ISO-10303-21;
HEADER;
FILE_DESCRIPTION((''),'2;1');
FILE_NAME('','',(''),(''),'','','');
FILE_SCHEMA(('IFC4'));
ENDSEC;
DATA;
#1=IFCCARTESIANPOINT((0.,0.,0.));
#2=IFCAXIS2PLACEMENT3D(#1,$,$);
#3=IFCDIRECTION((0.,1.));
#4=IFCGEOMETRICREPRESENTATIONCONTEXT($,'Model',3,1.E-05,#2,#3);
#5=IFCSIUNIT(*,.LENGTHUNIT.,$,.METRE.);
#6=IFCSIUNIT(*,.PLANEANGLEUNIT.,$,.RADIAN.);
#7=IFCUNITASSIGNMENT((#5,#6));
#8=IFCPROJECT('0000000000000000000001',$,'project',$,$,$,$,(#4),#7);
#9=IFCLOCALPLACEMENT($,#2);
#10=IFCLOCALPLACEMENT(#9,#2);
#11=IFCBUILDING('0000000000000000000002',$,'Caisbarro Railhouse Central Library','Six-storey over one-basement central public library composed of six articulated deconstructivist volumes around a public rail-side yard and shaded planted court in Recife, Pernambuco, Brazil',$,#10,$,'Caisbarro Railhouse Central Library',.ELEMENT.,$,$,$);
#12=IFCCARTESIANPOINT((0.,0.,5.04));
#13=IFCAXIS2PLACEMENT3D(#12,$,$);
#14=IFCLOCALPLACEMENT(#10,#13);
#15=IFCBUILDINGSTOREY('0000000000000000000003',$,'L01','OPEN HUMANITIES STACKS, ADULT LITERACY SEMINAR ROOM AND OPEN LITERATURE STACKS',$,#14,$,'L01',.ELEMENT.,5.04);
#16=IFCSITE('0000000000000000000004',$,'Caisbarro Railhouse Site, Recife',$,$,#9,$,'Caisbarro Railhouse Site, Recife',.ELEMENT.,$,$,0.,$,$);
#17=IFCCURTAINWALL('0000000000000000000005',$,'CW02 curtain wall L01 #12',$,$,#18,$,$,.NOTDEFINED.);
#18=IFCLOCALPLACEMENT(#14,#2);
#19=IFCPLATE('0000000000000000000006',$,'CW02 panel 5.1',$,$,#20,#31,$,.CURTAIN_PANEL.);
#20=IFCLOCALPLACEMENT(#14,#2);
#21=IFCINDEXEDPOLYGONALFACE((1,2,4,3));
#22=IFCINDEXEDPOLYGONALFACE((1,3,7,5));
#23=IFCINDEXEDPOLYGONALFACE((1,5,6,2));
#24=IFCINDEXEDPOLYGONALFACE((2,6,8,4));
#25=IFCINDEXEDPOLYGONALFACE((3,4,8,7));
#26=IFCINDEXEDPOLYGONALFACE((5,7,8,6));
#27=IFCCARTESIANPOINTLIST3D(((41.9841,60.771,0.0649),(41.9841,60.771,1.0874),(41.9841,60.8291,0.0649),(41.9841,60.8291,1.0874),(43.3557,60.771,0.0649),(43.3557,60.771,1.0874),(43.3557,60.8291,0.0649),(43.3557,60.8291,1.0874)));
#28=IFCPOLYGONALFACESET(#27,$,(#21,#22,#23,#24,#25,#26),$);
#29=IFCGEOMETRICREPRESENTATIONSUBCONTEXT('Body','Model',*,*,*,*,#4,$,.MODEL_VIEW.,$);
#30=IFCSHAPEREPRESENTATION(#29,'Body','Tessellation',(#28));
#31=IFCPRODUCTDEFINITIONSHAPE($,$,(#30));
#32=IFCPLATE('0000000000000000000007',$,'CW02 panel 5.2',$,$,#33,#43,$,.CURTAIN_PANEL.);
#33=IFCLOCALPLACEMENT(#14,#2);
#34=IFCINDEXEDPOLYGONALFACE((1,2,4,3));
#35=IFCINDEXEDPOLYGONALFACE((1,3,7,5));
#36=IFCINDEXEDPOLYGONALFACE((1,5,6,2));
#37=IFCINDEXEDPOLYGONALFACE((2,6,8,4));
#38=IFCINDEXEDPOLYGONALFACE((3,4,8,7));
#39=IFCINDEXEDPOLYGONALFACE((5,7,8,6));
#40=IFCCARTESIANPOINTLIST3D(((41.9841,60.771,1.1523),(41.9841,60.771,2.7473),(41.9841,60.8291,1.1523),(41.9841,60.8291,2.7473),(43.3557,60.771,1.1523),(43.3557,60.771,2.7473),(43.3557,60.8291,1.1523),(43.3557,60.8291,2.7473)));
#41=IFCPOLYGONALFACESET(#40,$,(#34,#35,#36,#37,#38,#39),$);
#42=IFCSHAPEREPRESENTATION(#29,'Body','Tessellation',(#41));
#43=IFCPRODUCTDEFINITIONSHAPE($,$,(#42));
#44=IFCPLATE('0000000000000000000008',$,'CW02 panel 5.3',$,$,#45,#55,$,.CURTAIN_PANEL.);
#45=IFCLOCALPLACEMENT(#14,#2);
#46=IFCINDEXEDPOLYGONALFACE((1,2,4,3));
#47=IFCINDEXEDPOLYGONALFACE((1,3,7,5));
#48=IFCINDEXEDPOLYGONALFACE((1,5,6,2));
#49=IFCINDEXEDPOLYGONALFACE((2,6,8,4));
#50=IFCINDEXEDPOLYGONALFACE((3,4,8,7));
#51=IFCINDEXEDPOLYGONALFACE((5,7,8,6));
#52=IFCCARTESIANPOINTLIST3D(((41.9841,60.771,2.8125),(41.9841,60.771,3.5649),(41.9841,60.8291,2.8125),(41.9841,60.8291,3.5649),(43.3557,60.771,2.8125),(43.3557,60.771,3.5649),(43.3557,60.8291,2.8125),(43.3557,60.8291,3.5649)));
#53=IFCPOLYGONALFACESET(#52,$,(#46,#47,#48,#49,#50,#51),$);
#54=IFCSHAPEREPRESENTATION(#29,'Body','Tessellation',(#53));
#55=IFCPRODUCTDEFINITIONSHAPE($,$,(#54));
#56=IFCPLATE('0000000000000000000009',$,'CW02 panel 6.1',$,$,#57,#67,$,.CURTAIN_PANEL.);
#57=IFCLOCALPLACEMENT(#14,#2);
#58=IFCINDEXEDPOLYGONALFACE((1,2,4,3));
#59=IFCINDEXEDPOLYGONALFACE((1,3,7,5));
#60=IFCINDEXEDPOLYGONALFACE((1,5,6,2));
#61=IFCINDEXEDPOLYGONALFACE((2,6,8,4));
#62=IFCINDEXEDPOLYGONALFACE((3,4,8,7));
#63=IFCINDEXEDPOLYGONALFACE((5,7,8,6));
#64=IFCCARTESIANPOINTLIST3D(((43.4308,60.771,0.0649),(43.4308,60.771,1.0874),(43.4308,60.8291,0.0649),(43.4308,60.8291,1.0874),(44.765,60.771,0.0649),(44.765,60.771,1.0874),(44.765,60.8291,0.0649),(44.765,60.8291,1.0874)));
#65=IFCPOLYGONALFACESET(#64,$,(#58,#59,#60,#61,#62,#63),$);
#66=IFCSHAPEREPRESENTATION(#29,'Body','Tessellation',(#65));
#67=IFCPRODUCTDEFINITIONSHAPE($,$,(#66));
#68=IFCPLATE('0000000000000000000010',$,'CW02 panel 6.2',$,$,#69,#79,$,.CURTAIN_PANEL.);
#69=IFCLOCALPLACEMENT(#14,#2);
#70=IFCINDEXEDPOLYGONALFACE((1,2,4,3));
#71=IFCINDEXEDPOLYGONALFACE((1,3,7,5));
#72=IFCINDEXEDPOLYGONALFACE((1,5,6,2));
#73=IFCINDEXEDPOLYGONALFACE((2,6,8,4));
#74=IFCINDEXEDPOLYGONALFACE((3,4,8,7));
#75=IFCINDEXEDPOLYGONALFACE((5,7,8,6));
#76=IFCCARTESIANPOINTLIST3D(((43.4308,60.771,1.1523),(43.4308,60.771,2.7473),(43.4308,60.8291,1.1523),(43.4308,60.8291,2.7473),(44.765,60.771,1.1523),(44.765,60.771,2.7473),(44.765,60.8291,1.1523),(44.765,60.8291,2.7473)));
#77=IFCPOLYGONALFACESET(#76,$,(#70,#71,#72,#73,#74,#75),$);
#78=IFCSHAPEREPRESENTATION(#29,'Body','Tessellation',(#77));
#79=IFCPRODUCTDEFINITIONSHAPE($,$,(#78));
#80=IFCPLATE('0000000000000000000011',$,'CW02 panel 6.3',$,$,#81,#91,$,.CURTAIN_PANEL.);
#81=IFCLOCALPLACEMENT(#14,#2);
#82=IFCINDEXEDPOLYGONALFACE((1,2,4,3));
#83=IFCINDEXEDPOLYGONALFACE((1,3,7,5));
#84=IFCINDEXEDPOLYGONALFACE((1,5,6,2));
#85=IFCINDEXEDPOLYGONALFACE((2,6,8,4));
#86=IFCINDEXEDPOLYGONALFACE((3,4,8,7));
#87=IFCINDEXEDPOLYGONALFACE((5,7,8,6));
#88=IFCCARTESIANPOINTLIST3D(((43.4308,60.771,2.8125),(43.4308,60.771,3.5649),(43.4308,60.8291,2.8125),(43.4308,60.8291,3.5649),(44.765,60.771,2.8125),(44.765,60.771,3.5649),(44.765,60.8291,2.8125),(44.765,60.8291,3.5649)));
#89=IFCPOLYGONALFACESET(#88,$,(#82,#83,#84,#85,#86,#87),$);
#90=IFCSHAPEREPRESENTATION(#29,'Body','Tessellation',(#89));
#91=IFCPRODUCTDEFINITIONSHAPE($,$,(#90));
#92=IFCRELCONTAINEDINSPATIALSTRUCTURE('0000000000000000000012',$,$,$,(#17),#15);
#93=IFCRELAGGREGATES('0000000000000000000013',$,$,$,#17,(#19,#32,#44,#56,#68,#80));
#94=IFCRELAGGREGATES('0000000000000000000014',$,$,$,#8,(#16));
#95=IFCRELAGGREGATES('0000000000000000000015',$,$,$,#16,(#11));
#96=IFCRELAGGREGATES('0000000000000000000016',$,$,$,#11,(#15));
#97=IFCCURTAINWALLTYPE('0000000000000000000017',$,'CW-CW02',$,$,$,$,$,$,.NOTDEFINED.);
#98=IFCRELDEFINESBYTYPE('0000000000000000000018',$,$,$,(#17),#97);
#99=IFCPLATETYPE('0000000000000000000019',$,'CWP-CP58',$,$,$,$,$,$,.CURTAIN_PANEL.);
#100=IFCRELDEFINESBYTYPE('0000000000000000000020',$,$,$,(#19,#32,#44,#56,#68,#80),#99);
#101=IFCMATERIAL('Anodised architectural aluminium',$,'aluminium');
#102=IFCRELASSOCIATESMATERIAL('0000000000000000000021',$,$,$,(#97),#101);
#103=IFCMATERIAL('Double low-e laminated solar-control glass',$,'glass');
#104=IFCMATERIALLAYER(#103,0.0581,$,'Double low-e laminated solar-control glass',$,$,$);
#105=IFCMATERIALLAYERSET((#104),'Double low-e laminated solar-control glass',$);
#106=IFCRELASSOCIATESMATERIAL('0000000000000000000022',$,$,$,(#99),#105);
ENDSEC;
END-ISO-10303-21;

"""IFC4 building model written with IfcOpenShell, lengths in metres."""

from ifc_helpers import new_model, si_unit, direction, frame, origin, origin_2d, place, context, subcontext, project, spatial, rectangle, extrude, material, layer, layer_set, type_object, element, aggregate, save


model = new_model("IFC4")

# Units and contexts
model_context = context("Model", 3, precision=1e-05, world=origin(), true_north=direction((0.0, 1.0)))
body_context = subcontext(model_context, "Body", "Model", "MODEL_VIEW")
ifc_project = project(units=[si_unit("LENGTHUNIT", "METRE"), si_unit("PLANEANGLEUNIT", "RADIAN")], contexts=[model_context])

# Site, building, storey
site_placement = place(None, origin())
site = spatial("IfcSite", under=ifc_project, at=site_placement, Name="Caisbarro Railhouse Site, Recife", LongName="Caisbarro Railhouse Site, Recife", CompositionType="ELEMENT", RefElevation=0.0)
building_placement = place(site_placement, origin())
building = spatial("IfcBuilding", under=site, at=building_placement, Name="Caisbarro Railhouse Central Library", Description="Six-storey over one-basement central public library composed of six articulated deconstructivist volumes around a public rail-side yard and shaded planted court in Recife, Pernambuco, Brazil", LongName="Caisbarro Railhouse Central Library", CompositionType="ELEMENT")
storey_placement = place(building_placement, frame((0.0, 0.0, 5.04)))
storey = spatial("IfcBuildingStorey", under=building, at=storey_placement, Name="L01", Description="OPEN HUMANITIES STACKS, ADULT LITERACY SEMINAR ROOM AND OPEN LITERATURE STACKS", LongName="L01", CompositionType="ELEMENT", Elevation=5.04)

# Curtain wall
ifc_material_1 = material(Name="Anodised architectural aluminium", Category="aluminium")
curtain_wall_type = type_object("IfcCurtainWallType", Name="CW-CW02", PredefinedType="NOTDEFINED", material=ifc_material_1)
curtain_wall_1_placement = place(storey_placement, origin())
curtain_wall_1 = element("IfcCurtainWall", 1, at=curtain_wall_1_placement, inside=storey, type_object=curtain_wall_type, Name="CW02 curtain wall L01 #12", PredefinedType="NOTDEFINED")

# Plates
ifc_material_2 = material(Name="Double low-e laminated solar-control glass", Category="glass")
ifc_layer_1 = layer(ifc_material_2, 0.0581, Name="Double low-e laminated solar-control glass")
ifc_layer_set_1 = layer_set([ifc_layer_1], Name="Double low-e laminated solar-control glass")
plate_type_1 = type_object("IfcPlateType", Name="CWP-CP58", PredefinedType="CURTAIN_PANEL", material=ifc_layer_set_1)
plate_1_placement = place(storey_placement, frame((42.6699, 60.8, 0.0649), z_axis=(0.0, 0.0, 1.0), x_axis=(1.0, 0.0, 0.0)))
plate_1 = element("IfcPlate", 2, at=plate_1_placement, type_object=plate_type_1, Name="CW02 panel 5.1", PredefinedType="CURTAIN_PANEL", context=body_context, shape_type="SweptSolid", body=[
    extrude(rectangle(XDim=1.3716, YDim=0.0581, at=origin_2d()), origin(), (0.0, 0.0, 1.0), 1.0225),
])
plate_2_placement = place(storey_placement, frame((42.6699, 60.8, 1.1523), z_axis=(0.0, 0.0, 1.0), x_axis=(1.0, 0.0, 0.0)))
plate_2 = element("IfcPlate", 3, at=plate_2_placement, type_object=plate_type_1, Name="CW02 panel 5.2", PredefinedType="CURTAIN_PANEL", context=body_context, shape_type="SweptSolid", body=[
    extrude(rectangle(XDim=1.3716, YDim=0.0581, at=origin_2d()), origin(), (0.0, 0.0, 1.0), 1.595),
])
plate_3_placement = place(storey_placement, frame((42.6699, 60.8, 2.8125), z_axis=(0.0, 0.0, 1.0), x_axis=(1.0, 0.0, 0.0)))
plate_3 = element("IfcPlate", 4, at=plate_3_placement, type_object=plate_type_1, Name="CW02 panel 5.3", PredefinedType="CURTAIN_PANEL", context=body_context, shape_type="SweptSolid", body=[
    extrude(rectangle(XDim=1.3716, YDim=0.0581, at=origin_2d()), origin(), (0.0, 0.0, 1.0), 0.7524),
])
plate_4_placement = place(storey_placement, frame((44.0979, 60.8, 0.0649), z_axis=(0.0, 0.0, 1.0), x_axis=(1.0, 0.0, 0.0)))
plate_4 = element("IfcPlate", 5, at=plate_4_placement, type_object=plate_type_1, Name="CW02 panel 6.1", PredefinedType="CURTAIN_PANEL", context=body_context, shape_type="SweptSolid", body=[
    extrude(rectangle(XDim=1.3342, YDim=0.0581, at=origin_2d()), origin(), (0.0, 0.0, 1.0), 1.0225),
])
plate_5_placement = place(storey_placement, frame((44.0979, 60.8, 1.1523), z_axis=(0.0, 0.0, 1.0), x_axis=(1.0, 0.0, 0.0)))
plate_5 = element("IfcPlate", 6, at=plate_5_placement, type_object=plate_type_1, Name="CW02 panel 6.2", PredefinedType="CURTAIN_PANEL", context=body_context, shape_type="SweptSolid", body=[
    extrude(rectangle(XDim=1.3342, YDim=0.0581, at=origin_2d()), origin(), (0.0, 0.0, 1.0), 1.595),
])
plate_6_placement = place(storey_placement, frame((44.0979, 60.8, 2.8125), z_axis=(0.0, 0.0, 1.0), x_axis=(1.0, 0.0, 0.0)))
plate_6 = element("IfcPlate", 7, at=plate_6_placement, type_object=plate_type_1, Name="CW02 panel 6.3", PredefinedType="CURTAIN_PANEL", context=body_context, shape_type="SweptSolid", body=[
    extrude(rectangle(XDim=1.3342, YDim=0.0581, at=origin_2d()), origin(), (0.0, 0.0, 1.0), 0.7524),
])
aggregate(curtain_wall_1, [plate_1, plate_2, plate_3, plate_4, plate_5, plate_6])

save(model, "model.ifc")
